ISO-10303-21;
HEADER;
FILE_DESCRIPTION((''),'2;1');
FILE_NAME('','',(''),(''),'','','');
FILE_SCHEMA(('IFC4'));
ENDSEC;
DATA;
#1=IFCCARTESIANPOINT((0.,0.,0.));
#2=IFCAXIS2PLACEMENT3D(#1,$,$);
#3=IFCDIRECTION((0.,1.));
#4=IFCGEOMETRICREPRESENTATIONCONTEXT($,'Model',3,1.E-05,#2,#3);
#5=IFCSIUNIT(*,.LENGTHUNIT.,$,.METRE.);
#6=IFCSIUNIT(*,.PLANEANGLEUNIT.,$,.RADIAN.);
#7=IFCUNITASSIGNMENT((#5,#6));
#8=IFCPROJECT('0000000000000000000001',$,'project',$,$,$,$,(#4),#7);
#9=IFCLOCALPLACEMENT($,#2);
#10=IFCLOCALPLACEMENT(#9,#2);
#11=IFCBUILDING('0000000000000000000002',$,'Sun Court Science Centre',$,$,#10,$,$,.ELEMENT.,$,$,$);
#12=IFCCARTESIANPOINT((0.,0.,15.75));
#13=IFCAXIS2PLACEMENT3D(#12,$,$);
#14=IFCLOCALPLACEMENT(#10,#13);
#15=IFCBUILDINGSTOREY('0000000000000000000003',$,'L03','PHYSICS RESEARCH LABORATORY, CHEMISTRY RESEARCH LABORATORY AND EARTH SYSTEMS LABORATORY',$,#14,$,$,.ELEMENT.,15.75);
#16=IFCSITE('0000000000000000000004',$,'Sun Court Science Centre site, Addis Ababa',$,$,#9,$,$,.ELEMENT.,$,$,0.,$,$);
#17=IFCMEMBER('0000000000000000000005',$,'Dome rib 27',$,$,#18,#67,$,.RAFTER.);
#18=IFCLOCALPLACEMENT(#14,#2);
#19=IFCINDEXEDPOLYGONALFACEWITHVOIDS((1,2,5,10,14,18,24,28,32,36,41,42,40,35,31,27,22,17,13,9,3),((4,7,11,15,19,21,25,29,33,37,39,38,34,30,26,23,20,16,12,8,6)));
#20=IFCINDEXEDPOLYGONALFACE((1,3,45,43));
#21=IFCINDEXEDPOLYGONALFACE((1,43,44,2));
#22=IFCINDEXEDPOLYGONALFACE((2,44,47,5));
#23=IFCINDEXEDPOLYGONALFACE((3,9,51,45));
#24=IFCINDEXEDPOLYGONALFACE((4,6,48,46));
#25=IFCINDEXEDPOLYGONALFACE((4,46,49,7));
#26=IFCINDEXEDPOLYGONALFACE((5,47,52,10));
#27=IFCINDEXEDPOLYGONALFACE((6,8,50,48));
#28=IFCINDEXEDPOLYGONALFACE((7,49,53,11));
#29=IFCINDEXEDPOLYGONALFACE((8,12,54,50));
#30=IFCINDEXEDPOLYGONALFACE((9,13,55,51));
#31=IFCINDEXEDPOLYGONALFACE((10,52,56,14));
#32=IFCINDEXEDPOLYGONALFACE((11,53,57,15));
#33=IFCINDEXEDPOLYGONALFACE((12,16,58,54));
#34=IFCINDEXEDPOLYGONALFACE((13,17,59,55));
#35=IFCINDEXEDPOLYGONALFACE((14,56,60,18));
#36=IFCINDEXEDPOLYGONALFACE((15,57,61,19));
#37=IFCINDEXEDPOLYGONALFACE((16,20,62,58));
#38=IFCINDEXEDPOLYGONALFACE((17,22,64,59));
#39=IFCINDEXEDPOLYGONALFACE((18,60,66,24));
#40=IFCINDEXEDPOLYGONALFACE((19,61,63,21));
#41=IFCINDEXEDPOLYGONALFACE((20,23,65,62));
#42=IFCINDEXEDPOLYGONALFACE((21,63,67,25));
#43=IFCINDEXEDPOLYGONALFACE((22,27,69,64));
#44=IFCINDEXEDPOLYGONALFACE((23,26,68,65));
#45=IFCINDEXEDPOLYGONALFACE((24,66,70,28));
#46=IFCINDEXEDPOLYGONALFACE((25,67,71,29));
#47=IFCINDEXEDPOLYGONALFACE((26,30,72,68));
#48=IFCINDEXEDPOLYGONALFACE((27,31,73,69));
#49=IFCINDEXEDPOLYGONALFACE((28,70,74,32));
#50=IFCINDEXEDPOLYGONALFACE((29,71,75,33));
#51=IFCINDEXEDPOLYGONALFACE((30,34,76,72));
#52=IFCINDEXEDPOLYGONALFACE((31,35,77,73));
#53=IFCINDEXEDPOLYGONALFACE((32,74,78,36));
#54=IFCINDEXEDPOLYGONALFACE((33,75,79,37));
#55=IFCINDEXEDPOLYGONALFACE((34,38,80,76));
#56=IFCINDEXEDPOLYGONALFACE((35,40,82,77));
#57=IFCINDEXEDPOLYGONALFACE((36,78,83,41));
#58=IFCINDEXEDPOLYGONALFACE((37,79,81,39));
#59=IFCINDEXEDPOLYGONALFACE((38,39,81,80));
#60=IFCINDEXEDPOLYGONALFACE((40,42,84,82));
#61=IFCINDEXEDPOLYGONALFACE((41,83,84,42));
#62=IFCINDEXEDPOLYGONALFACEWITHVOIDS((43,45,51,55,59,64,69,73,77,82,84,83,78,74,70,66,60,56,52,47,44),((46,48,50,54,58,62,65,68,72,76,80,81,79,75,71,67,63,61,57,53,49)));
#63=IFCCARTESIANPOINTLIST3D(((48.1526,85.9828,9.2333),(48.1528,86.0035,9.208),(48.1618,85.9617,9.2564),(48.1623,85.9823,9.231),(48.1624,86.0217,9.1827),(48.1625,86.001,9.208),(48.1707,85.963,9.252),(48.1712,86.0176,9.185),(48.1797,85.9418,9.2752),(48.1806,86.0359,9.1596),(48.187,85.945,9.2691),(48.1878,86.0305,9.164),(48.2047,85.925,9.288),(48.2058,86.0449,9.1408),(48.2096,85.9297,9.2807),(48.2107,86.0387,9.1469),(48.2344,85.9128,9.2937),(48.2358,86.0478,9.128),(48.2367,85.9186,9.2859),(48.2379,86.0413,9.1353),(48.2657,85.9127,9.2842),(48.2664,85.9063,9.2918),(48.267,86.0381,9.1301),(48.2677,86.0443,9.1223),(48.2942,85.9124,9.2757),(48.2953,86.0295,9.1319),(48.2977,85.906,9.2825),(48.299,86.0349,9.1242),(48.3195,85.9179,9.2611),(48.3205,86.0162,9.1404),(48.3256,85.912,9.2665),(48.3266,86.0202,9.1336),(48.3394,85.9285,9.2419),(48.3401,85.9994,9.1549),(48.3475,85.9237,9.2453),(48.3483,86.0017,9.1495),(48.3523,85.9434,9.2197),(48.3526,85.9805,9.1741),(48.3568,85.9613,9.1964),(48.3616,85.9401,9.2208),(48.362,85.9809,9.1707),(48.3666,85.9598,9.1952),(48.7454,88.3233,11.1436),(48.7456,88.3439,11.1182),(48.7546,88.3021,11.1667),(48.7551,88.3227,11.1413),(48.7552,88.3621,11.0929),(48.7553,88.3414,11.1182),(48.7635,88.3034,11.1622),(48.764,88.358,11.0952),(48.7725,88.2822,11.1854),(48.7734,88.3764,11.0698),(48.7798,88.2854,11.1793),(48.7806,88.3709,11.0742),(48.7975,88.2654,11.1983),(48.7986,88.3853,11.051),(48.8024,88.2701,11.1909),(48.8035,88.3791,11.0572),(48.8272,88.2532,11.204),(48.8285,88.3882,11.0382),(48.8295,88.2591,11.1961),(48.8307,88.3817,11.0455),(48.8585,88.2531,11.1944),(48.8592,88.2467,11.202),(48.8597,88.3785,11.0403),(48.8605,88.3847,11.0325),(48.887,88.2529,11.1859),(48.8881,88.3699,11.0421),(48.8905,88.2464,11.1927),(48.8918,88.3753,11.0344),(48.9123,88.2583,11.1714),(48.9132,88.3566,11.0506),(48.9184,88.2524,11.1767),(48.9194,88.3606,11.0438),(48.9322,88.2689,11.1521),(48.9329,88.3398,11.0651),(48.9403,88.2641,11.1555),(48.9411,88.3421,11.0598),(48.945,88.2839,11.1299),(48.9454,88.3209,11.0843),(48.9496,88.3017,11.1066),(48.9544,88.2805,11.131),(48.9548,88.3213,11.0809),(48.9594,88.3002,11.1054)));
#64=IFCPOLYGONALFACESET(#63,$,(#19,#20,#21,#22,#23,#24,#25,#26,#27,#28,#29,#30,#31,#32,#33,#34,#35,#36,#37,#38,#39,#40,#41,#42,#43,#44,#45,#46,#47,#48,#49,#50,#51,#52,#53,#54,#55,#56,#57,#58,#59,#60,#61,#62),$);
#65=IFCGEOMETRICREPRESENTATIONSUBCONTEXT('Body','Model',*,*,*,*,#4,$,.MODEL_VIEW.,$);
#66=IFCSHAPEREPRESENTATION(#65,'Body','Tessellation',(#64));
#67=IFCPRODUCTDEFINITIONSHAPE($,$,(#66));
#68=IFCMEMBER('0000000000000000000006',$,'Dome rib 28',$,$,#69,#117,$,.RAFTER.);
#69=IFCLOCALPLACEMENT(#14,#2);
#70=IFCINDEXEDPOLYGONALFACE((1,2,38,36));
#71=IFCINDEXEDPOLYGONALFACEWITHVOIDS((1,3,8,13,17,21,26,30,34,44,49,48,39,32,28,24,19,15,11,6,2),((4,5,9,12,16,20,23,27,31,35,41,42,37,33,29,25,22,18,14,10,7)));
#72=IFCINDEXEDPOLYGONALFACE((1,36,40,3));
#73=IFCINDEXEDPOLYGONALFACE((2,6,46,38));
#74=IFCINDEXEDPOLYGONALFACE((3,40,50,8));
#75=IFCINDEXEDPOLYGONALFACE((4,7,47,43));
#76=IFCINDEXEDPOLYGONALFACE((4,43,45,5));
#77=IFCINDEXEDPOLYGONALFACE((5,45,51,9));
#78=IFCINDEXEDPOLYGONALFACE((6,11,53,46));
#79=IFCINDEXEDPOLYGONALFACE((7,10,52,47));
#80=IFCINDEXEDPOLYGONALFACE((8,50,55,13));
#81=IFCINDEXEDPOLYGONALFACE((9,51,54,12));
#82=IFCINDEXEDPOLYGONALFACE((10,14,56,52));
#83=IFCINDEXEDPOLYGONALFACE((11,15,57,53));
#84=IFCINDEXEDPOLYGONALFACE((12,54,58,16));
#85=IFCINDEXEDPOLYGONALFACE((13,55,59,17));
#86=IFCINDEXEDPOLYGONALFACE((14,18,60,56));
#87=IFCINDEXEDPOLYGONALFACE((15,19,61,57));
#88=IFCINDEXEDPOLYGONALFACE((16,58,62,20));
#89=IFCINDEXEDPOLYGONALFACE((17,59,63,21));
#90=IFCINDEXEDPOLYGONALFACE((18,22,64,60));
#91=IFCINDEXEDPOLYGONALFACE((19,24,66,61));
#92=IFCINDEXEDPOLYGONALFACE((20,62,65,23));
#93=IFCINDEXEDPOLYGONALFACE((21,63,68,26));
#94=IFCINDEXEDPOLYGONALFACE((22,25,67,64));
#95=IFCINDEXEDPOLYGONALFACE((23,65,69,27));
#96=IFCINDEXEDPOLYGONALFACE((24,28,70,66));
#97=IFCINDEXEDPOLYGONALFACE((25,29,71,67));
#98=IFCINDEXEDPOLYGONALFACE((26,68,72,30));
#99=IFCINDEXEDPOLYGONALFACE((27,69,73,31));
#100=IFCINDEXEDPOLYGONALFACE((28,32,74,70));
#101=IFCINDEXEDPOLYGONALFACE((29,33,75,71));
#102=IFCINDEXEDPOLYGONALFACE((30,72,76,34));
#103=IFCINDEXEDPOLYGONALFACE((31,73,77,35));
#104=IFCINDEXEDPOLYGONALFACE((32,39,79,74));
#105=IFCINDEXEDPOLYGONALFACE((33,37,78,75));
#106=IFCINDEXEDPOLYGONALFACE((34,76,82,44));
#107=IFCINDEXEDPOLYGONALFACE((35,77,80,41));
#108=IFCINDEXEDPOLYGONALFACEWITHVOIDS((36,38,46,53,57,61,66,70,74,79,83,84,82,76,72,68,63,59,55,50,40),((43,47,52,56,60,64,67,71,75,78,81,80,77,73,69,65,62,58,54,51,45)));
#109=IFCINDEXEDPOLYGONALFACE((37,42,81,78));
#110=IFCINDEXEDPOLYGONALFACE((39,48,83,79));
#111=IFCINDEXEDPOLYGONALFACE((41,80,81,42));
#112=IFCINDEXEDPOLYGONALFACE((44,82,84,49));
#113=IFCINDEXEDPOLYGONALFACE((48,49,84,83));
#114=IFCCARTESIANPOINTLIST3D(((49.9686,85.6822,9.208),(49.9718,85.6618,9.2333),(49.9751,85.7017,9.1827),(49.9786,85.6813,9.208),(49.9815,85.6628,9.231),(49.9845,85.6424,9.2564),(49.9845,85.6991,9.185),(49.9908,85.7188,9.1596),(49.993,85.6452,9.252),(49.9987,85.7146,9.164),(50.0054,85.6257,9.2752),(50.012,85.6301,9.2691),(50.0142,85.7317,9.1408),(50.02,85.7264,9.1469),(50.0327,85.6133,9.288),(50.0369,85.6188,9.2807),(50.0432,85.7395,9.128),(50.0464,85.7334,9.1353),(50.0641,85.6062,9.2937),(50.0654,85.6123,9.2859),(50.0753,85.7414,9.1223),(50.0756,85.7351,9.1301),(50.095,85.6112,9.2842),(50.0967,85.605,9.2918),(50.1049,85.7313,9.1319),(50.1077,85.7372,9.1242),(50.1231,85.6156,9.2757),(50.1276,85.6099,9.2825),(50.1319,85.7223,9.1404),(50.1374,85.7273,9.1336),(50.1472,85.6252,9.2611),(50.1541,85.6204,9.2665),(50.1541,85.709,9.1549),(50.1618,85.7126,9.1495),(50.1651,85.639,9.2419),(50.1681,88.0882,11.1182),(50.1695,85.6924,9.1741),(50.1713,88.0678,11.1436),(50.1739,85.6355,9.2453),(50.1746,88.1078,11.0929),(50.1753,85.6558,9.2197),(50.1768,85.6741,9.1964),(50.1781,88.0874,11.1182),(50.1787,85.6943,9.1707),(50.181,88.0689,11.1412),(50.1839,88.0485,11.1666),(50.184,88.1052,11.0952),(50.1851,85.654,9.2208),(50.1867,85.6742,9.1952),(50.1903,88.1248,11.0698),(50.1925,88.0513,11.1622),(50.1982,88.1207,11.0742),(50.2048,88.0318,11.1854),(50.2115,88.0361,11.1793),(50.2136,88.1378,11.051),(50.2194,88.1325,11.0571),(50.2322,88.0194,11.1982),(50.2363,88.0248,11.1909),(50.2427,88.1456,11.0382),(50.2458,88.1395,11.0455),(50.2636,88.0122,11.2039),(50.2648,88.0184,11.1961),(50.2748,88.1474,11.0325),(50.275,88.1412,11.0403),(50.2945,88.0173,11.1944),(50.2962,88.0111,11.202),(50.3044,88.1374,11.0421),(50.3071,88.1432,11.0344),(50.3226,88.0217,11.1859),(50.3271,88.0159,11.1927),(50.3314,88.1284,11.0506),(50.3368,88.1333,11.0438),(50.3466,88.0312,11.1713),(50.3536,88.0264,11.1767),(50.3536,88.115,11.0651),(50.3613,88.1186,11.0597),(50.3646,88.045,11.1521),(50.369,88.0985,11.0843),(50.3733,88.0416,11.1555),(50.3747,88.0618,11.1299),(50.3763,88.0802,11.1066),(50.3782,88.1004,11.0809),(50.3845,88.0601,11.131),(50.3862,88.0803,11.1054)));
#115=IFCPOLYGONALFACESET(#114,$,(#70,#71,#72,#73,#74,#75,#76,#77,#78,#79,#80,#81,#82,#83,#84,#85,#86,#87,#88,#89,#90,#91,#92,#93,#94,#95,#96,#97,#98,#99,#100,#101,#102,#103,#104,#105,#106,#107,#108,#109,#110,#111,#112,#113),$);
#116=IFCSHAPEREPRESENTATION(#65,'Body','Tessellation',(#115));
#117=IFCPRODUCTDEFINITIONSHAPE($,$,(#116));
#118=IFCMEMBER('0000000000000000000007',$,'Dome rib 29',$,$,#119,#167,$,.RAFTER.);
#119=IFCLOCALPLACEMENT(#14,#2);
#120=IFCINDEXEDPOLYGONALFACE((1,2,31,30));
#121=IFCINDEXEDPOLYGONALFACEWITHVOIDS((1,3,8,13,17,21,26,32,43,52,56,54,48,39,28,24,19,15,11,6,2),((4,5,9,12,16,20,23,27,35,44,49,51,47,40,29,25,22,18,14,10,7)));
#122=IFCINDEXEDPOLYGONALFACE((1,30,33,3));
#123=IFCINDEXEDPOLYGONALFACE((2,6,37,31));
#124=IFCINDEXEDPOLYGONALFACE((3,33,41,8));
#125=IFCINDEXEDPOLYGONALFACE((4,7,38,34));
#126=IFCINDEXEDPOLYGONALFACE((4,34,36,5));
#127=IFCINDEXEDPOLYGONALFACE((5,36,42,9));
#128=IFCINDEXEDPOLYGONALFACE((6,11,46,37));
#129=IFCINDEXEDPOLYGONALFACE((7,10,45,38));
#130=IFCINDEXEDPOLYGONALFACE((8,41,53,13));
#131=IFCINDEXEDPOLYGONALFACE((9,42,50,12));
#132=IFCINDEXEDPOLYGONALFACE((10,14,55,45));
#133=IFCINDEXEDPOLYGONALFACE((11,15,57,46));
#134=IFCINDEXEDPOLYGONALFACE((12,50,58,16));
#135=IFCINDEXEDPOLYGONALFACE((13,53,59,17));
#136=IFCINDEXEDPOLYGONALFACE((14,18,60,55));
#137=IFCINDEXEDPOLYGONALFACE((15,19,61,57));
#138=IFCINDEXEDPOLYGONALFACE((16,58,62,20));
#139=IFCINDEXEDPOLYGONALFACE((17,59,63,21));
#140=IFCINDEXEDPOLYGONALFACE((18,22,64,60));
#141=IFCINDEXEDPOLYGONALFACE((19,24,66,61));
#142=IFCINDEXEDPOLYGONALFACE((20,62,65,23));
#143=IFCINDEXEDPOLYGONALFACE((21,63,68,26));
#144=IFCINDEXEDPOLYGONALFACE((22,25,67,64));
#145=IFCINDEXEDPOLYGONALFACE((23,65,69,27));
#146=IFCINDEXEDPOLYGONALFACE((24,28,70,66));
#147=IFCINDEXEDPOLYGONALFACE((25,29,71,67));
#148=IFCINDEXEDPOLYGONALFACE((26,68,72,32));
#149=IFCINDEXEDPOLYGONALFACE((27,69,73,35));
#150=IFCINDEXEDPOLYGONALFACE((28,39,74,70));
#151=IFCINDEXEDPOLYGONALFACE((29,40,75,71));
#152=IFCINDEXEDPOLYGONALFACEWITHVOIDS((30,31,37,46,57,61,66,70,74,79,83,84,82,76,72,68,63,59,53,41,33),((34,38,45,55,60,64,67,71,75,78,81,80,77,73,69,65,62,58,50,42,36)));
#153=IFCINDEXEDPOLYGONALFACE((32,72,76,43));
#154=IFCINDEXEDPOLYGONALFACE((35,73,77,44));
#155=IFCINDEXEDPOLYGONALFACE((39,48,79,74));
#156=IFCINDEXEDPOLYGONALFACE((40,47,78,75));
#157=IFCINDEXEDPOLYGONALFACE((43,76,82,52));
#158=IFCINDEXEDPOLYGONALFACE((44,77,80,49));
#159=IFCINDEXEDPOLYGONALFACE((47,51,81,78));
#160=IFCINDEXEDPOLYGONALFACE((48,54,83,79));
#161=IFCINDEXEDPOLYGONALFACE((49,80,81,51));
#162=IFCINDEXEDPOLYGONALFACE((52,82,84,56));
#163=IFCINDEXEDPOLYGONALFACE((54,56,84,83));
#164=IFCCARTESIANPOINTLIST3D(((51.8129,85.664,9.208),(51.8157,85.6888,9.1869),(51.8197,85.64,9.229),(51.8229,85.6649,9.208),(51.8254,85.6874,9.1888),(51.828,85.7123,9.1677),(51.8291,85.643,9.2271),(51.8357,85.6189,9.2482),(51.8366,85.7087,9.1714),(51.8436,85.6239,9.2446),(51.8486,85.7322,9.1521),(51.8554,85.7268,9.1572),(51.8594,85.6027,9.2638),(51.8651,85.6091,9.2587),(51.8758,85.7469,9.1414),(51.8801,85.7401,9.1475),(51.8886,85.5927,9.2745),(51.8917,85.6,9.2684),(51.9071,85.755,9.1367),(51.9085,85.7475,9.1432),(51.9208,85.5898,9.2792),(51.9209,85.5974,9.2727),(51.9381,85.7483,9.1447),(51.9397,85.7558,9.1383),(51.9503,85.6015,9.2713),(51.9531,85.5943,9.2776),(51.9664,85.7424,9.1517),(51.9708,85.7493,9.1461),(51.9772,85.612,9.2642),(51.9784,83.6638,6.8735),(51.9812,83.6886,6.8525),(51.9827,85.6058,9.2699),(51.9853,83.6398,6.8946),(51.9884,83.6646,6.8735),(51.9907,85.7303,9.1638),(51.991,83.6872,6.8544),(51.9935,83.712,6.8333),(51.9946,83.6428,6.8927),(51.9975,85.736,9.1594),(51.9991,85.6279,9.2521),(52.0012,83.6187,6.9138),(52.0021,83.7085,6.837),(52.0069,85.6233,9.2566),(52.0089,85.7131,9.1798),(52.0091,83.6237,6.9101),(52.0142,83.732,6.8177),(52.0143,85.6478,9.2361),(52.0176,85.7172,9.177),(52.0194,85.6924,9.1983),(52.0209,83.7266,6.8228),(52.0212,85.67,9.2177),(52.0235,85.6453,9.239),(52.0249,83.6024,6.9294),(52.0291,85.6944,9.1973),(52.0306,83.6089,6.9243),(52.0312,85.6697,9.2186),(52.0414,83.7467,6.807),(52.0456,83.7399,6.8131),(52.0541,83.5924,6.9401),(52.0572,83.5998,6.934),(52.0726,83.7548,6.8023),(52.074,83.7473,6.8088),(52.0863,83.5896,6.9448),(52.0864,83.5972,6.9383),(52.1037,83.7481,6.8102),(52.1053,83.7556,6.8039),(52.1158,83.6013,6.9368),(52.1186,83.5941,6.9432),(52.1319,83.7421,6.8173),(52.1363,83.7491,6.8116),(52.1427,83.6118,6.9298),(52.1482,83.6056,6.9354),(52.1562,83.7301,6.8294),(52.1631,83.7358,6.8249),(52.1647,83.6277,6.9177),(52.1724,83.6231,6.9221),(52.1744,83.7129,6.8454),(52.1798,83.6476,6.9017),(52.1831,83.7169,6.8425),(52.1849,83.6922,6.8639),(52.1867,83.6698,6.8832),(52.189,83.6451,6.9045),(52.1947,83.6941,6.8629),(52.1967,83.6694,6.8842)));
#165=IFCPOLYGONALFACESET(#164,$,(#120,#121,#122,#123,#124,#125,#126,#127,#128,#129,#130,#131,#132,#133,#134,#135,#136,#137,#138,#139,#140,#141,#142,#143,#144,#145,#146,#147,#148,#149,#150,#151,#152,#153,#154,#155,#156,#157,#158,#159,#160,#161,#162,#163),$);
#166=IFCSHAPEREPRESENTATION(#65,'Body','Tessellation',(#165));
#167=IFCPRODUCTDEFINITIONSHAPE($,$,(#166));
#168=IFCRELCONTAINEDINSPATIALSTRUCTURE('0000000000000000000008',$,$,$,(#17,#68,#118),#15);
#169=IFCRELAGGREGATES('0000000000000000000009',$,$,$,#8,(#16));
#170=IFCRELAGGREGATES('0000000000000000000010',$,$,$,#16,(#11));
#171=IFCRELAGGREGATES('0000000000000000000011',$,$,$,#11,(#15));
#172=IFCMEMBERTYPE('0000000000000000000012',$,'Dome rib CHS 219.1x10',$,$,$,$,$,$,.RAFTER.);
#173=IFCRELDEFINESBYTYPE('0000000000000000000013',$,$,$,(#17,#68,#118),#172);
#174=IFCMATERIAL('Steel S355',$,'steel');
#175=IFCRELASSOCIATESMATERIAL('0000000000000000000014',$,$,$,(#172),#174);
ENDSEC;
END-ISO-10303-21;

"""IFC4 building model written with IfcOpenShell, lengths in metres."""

from ifc_helpers import new_model, si_unit, direction, frame, origin, origin_2d, place, context, subcontext, project, spatial, hollow_circle, extrude, material, material_profile, profile_set, type_object, element, save


model = new_model("IFC4")

# Units and contexts
model_context = context("Model", 3, precision=1e-05, world=origin(), true_north=direction((0.0, 1.0)))
body_context = subcontext(model_context, "Body", "Model", "MODEL_VIEW")
ifc_project = project(units=[si_unit("LENGTHUNIT", "METRE"), si_unit("PLANEANGLEUNIT", "RADIAN")], contexts=[model_context])

# Site, building, storey
site_placement = place(None, origin())
site = spatial("IfcSite", under=ifc_project, at=site_placement, Name="Sun Court Science Centre site, Addis Ababa", CompositionType="ELEMENT", RefElevation=0.0)
building_placement = place(site_placement, origin())
building = spatial("IfcBuilding", under=site, at=building_placement, Name="Sun Court Science Centre", CompositionType="ELEMENT")
storey_placement = place(building_placement, frame((0.0, 0.0, 15.75)))
storey = spatial("IfcBuildingStorey", under=building, at=storey_placement, Name="L03", Description="PHYSICS RESEARCH LABORATORY, CHEMISTRY RESEARCH LABORATORY AND EARTH SYSTEMS LABORATORY", CompositionType="ELEMENT", Elevation=15.75)

# Members
ifc_material_1 = material(Name="Steel S355", Category="steel")
ifc_material_profile_1 = material_profile(ifc_material_1, hollow_circle(Radius=0.1096, WallThickness=0.01, at=origin_2d()), Name="CHS 219.1x10")
ifc_profile_set_1 = profile_set([ifc_material_profile_1], Name="Steel S355")
member_type_1 = type_object("IfcMemberType", Name="Dome rib CHS 219.1x10", PredefinedType="RAFTER", material=ifc_profile_set_1)
for number, where, z_axis, x_axis, name in (
    (1, (48.259, 85.9766, 9.208), (0.192552, 0.760216, 0.620481), (-0.969388, 0.245533, 0.0), "Dome rib 27"),
    (2, (50.0779, 85.6731, 9.208), (0.064792, 0.781544, 0.620477), (-0.996581, 0.082619, 0.0), "Dome rib 28"),
    (3, (52.0876, 83.6729, 6.8735), (-0.053766, 0.649713, 0.758276), (-0.996593, -0.082472, 0.0), "Dome rib 29"),
):
    element("IfcMember", number, at=place(storey_placement, frame(where, z_axis=z_axis, x_axis=x_axis)), inside=storey, type_object=member_type_1, Name=name, PredefinedType="RAFTER", context=body_context, shape_type="SweptSolid", body=[
        extrude(hollow_circle(Radius=0.1096, WallThickness=0.01, at=origin_2d()), origin(), (0.0, 0.0, 1.0), 3.0786),
    ])

save(model, "model.ifc")
